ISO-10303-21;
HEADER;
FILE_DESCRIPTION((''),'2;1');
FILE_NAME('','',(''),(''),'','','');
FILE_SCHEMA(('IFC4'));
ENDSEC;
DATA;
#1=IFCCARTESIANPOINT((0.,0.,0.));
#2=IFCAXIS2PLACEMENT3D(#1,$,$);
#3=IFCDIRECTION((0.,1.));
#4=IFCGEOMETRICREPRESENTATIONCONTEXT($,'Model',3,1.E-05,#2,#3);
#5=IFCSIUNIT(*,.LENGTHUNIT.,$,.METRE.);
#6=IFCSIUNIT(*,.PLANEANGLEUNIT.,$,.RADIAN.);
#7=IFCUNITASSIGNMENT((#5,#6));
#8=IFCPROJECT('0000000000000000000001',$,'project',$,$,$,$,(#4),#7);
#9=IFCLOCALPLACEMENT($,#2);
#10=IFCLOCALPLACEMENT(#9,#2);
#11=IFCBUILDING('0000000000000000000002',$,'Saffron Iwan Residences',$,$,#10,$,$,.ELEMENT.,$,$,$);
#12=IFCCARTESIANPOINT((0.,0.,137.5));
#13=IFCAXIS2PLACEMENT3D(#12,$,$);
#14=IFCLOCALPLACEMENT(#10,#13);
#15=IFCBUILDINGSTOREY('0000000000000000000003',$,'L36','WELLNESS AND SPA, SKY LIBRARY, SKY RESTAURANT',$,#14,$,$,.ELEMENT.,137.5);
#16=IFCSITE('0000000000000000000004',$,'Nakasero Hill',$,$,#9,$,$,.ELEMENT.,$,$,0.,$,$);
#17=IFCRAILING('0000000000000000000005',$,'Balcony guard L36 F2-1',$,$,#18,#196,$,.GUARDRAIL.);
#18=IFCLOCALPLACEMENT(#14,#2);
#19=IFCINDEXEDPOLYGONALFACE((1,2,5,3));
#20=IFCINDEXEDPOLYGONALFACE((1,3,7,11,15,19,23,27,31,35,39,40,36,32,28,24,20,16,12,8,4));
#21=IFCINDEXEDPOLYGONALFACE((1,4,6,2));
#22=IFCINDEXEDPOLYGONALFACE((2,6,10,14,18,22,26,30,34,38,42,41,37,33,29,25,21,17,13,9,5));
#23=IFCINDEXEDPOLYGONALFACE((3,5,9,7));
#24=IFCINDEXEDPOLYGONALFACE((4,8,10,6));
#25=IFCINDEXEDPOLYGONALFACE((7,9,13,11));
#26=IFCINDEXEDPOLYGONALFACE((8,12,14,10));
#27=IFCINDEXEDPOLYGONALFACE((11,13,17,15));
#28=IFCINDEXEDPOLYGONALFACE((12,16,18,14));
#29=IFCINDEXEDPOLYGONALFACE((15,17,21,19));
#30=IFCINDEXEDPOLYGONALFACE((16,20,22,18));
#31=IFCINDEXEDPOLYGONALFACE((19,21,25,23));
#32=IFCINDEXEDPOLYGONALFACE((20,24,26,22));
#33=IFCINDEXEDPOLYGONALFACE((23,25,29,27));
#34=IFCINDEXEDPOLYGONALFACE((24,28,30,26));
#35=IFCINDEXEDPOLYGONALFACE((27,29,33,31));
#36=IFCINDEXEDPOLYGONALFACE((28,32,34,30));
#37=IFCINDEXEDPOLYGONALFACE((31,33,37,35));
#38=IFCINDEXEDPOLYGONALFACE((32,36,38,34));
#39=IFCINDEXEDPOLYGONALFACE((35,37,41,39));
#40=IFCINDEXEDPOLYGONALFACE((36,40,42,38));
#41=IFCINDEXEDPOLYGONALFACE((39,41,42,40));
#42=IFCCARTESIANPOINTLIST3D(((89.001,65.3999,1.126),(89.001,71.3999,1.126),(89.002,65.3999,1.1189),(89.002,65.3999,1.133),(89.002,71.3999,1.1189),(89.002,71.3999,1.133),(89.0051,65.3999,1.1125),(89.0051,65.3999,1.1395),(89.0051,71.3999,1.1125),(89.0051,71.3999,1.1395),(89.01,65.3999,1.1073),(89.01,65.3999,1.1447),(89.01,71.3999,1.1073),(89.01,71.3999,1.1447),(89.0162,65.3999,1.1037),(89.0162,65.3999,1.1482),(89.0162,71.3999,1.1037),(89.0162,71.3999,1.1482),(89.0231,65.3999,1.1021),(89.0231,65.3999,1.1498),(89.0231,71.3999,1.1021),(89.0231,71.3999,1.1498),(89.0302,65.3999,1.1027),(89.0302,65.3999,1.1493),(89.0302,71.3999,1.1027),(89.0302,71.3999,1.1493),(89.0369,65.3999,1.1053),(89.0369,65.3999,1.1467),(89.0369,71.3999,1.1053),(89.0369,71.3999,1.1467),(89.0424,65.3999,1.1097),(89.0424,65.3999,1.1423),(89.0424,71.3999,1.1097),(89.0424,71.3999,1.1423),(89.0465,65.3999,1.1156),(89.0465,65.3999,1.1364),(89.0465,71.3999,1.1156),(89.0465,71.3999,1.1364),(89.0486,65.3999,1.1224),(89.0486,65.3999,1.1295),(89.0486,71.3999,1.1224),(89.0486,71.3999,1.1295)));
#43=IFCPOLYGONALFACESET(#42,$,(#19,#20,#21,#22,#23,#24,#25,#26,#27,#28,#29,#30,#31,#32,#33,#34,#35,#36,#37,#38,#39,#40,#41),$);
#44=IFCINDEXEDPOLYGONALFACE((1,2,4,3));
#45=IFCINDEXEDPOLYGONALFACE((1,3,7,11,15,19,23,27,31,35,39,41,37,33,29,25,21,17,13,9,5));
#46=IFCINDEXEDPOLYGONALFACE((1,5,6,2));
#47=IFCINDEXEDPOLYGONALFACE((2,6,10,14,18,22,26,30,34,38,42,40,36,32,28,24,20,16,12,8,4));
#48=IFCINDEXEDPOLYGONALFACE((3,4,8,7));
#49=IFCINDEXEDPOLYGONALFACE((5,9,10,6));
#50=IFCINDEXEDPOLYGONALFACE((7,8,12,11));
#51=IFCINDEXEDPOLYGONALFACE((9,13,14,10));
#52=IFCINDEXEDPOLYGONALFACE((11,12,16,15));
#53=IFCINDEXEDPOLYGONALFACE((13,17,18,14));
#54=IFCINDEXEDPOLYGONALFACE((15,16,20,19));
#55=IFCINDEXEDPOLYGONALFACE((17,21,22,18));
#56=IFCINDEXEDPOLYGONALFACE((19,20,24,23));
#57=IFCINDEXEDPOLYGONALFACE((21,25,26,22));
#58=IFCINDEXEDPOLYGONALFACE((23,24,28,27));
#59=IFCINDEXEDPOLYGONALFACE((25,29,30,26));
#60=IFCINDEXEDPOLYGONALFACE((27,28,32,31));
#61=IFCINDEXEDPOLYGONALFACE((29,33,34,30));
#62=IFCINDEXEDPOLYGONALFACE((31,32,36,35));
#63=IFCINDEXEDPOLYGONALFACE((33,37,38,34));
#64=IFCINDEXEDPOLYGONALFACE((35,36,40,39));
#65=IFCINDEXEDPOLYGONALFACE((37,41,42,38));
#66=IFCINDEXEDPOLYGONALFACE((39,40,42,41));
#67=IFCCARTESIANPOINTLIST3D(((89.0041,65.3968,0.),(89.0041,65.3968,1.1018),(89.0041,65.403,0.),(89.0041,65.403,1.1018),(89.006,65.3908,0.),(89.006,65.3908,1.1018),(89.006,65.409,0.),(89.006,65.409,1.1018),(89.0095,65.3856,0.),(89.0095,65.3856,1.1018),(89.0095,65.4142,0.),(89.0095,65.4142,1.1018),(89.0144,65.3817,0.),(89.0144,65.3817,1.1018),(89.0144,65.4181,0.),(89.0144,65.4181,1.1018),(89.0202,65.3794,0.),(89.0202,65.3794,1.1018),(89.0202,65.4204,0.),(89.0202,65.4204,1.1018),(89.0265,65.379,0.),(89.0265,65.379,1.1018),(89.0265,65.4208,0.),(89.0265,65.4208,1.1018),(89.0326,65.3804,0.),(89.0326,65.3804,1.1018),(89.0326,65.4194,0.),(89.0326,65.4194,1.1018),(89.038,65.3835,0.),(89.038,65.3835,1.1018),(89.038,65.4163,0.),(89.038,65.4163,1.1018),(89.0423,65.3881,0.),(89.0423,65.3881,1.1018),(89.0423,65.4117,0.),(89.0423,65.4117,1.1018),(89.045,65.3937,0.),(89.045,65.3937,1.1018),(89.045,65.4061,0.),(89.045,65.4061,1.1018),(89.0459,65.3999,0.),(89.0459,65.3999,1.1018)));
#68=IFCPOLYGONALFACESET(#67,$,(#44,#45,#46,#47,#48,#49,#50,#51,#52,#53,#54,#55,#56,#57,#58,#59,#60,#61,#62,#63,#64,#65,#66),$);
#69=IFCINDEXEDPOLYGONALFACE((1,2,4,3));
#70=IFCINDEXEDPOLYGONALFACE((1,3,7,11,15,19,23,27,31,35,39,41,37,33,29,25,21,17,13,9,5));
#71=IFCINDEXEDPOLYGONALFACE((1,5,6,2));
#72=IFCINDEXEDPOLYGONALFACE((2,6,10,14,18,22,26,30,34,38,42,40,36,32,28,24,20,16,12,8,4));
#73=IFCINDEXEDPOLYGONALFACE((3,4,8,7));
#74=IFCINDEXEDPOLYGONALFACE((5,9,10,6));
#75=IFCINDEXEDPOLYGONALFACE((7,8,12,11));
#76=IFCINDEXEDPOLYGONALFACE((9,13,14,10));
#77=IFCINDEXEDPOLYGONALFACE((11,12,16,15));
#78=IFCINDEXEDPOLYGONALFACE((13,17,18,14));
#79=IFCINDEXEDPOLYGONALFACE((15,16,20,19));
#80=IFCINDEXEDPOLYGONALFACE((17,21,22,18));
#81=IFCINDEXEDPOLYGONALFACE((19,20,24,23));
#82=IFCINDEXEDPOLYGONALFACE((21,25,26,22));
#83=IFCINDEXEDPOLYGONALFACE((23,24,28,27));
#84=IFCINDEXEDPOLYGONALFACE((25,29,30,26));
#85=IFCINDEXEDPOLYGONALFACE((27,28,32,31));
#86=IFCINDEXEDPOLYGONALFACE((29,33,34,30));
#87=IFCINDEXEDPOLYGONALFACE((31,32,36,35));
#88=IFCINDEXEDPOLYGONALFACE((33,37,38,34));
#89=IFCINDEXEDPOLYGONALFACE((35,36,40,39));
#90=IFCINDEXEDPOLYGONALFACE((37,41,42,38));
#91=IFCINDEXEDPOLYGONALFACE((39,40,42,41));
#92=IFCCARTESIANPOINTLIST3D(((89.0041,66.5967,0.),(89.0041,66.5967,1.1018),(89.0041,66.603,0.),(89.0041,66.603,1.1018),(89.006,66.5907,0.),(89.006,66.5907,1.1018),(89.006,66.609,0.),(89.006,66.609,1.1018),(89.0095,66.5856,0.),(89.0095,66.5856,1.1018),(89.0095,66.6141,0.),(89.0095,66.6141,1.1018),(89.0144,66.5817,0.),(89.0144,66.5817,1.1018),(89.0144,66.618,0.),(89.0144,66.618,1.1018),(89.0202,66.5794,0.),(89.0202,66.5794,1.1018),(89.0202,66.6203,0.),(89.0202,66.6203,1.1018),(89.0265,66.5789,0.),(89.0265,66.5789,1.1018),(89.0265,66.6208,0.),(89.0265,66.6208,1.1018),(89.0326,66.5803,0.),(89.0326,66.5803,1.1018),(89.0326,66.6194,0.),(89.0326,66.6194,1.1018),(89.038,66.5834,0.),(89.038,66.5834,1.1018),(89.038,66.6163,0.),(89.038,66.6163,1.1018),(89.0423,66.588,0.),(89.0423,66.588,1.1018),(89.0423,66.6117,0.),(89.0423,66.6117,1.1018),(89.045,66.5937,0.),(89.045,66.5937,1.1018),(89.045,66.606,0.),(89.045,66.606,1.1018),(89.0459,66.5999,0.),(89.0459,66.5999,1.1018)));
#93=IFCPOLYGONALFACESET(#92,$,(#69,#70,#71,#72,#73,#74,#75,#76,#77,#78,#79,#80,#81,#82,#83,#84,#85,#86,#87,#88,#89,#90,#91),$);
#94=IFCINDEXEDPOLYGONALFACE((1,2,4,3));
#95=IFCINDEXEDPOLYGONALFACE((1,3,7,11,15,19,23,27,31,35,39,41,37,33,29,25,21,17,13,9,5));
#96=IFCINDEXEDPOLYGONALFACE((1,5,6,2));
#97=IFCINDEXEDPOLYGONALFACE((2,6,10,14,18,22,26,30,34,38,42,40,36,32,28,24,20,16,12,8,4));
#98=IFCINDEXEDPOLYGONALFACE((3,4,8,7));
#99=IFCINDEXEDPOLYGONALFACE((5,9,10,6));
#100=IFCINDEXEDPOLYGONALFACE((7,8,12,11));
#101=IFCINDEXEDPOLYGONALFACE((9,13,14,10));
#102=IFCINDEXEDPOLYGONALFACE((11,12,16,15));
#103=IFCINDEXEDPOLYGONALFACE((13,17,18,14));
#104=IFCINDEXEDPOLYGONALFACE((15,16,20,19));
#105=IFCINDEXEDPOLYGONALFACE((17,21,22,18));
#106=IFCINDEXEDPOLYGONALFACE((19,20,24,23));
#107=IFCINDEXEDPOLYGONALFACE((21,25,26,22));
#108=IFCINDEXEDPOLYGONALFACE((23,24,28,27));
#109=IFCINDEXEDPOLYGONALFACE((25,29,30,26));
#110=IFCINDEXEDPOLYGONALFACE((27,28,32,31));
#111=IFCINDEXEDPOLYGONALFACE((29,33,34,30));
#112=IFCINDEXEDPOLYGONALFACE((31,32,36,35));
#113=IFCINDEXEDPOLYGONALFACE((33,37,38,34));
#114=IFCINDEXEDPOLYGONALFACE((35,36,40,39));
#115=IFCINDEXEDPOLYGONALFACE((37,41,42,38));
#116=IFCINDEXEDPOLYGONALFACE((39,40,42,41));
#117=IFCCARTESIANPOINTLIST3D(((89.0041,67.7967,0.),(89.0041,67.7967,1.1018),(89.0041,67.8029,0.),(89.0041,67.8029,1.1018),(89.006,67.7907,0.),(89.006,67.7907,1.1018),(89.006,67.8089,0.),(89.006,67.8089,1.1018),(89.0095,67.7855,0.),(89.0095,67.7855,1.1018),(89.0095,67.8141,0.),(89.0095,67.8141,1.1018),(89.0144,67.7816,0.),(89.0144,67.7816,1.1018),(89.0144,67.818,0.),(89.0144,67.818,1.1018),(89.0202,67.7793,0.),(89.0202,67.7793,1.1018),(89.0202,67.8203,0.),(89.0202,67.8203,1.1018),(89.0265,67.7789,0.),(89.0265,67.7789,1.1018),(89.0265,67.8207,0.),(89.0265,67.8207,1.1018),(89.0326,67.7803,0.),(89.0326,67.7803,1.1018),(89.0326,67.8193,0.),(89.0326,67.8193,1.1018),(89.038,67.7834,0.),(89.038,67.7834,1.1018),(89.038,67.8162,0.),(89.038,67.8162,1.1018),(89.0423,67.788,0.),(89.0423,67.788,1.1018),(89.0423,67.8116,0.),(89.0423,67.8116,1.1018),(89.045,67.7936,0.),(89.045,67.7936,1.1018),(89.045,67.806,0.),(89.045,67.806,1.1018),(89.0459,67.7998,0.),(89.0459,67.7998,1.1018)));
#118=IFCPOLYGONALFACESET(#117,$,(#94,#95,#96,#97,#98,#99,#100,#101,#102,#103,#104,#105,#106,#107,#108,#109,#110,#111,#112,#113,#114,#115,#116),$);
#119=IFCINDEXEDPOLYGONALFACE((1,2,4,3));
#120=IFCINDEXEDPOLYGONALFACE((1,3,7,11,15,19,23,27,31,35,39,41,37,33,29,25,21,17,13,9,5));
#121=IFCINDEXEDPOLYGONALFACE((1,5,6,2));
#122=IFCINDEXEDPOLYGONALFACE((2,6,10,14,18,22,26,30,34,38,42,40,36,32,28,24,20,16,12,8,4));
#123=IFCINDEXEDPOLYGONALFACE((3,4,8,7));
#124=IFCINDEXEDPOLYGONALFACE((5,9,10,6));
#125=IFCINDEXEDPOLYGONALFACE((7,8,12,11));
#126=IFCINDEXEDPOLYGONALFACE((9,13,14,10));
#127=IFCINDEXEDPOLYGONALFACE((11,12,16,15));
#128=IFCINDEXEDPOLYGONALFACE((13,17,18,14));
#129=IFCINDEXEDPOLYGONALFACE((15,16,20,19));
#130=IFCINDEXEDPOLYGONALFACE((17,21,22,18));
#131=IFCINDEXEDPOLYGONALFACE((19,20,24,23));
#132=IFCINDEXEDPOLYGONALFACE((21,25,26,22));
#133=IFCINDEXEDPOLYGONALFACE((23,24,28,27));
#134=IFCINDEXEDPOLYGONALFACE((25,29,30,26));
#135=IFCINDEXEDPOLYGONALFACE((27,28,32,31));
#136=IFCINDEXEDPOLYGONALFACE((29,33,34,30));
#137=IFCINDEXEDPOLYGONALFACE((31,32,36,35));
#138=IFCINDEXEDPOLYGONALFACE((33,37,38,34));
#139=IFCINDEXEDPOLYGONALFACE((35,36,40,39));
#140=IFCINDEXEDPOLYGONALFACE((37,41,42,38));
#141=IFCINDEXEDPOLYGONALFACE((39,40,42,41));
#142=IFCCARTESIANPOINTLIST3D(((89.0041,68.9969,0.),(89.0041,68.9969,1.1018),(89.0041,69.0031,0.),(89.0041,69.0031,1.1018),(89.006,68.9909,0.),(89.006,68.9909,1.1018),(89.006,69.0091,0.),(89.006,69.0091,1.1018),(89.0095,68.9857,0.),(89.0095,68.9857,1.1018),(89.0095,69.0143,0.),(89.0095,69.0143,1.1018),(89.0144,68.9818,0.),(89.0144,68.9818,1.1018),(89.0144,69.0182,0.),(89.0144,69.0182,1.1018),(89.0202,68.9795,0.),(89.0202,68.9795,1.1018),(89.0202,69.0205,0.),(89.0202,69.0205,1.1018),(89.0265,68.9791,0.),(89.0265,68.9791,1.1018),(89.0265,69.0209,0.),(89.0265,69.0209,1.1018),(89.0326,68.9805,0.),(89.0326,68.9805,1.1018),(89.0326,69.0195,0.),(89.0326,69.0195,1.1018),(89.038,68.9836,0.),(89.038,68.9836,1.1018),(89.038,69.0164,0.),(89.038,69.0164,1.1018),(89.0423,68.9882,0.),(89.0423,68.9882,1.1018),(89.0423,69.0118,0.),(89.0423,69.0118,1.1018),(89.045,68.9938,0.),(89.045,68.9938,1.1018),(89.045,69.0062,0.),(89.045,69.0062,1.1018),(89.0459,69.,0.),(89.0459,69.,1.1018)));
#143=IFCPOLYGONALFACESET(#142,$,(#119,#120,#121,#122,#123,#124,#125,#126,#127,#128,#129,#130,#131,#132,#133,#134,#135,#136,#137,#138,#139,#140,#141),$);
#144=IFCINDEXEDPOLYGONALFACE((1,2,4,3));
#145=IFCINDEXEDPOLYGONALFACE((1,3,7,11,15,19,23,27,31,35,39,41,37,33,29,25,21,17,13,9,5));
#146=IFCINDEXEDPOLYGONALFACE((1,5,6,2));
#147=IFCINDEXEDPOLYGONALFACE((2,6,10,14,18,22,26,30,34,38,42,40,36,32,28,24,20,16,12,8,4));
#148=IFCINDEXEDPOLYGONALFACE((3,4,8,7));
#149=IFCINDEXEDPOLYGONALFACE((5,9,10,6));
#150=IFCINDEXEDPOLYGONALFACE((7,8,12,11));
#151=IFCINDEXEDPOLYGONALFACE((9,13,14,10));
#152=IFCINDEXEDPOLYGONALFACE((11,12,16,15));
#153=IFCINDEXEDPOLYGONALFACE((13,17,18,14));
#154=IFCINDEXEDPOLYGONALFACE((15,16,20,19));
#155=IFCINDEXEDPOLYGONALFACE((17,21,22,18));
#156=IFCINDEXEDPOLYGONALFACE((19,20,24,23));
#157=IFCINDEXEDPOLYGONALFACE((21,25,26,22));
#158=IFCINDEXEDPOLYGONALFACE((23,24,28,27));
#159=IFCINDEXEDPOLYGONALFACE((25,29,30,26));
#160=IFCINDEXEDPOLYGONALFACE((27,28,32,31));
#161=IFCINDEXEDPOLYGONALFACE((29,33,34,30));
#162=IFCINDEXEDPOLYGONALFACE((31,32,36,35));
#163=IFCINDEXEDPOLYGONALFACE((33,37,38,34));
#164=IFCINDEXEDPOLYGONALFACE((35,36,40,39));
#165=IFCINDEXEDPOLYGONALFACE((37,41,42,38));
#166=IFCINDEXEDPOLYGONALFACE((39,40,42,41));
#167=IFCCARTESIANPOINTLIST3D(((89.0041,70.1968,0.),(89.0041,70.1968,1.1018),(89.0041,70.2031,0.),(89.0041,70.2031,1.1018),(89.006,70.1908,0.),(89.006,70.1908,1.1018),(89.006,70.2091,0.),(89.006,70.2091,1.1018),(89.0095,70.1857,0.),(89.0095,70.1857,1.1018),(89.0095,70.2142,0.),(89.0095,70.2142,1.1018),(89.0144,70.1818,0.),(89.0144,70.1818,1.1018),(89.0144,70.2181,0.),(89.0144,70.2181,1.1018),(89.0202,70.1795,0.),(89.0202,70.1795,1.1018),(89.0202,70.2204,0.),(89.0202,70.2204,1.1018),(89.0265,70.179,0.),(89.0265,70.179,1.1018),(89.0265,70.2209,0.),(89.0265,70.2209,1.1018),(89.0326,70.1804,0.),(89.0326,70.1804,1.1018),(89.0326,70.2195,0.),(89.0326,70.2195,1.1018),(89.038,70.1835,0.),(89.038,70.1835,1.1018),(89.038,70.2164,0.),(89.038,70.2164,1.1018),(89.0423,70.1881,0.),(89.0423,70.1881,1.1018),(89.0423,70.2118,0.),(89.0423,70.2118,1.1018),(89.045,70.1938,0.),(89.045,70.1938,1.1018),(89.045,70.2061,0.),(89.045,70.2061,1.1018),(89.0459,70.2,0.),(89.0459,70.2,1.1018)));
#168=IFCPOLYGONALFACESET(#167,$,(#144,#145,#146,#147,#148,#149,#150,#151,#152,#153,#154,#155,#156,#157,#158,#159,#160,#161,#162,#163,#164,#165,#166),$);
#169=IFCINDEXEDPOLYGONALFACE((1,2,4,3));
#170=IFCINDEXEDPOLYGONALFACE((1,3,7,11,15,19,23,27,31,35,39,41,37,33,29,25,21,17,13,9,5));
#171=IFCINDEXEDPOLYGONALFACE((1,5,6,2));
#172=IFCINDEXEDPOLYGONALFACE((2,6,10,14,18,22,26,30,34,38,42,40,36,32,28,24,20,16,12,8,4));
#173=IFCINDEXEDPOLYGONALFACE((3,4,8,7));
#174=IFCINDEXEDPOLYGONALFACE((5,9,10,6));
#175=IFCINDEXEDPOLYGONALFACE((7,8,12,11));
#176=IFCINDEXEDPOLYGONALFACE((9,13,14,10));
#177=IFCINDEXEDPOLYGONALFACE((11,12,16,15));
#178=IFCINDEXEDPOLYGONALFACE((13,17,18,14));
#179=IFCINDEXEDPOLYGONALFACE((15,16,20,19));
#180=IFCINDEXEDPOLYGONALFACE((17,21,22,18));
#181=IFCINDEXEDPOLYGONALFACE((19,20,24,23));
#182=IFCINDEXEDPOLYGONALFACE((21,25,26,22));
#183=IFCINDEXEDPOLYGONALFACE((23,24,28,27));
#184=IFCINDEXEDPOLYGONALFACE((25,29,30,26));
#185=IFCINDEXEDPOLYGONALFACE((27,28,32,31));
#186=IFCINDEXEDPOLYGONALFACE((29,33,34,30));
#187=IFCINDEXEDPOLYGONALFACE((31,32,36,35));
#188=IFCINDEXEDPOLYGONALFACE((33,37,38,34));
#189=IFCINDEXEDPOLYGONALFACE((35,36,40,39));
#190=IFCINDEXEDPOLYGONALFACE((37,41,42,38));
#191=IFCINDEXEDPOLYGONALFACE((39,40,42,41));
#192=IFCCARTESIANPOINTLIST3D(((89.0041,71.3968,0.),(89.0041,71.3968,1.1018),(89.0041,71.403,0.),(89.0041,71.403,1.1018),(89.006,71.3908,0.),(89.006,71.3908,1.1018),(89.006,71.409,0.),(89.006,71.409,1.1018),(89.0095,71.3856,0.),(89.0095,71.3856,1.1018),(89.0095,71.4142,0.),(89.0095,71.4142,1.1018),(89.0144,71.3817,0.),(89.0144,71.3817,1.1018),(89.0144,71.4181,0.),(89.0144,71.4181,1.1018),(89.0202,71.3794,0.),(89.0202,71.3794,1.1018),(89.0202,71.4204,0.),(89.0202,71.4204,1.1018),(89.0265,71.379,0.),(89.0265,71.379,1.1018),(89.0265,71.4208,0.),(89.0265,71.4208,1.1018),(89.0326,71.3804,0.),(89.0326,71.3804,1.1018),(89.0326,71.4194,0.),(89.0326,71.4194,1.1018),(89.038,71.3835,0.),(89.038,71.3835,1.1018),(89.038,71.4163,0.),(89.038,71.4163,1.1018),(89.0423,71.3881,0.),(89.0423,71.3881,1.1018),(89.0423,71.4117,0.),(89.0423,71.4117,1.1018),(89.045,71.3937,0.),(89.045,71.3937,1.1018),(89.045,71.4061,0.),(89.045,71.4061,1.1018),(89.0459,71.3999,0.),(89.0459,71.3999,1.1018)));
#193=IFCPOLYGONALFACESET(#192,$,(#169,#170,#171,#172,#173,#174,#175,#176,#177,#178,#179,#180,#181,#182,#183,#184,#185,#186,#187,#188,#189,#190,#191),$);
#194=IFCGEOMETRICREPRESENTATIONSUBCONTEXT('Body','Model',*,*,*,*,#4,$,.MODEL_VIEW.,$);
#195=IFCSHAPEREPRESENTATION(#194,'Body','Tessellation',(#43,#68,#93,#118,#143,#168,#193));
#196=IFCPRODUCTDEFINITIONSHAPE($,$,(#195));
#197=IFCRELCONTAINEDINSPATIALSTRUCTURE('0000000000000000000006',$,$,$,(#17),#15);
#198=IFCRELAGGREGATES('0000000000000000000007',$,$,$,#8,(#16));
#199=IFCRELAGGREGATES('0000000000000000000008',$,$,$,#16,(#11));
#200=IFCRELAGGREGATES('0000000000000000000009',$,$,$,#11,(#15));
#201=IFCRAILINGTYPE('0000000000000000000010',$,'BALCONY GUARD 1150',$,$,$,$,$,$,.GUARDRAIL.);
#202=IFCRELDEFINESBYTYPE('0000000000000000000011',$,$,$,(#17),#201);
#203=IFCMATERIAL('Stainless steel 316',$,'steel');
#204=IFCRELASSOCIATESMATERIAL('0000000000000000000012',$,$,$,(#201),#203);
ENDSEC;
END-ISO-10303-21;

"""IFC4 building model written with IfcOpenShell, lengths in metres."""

from ifc_helpers import new_model, si_unit, direction, frame, origin, origin_2d, place, context, subcontext, project, spatial, circle, extrude, material, type_object, element, save


model = new_model("IFC4")

# Units and contexts
model_context = context("Model", 3, precision=1e-05, world=origin(), true_north=direction((0.0, 1.0)))
body_context = subcontext(model_context, "Body", "Model", "MODEL_VIEW")
ifc_project = project(units=[si_unit("LENGTHUNIT", "METRE"), si_unit("PLANEANGLEUNIT", "RADIAN")], contexts=[model_context])

# Site, building, storey
site_placement = place(None, origin())
site = spatial("IfcSite", under=ifc_project, at=site_placement, Name="Nakasero Hill", CompositionType="ELEMENT", RefElevation=0.0)
building_placement = place(site_placement, origin())
building = spatial("IfcBuilding", under=site, at=building_placement, Name="Saffron Iwan Residences", CompositionType="ELEMENT")
storey_placement = place(building_placement, frame((0.0, 0.0, 137.5)))
storey = spatial("IfcBuildingStorey", under=building, at=storey_placement, Name="L36", Description="WELLNESS AND SPA, SKY LIBRARY, SKY RESTAURANT", CompositionType="ELEMENT", Elevation=137.5)

# Railing
ifc_material_1 = material(Name="Stainless steel 316", Category="steel")
railing_type = type_object("IfcRailingType", Name="BALCONY GUARD 1150", PredefinedType="GUARDRAIL", material=ifc_material_1)
railing_placement = place(storey_placement, frame((89.0249, 65.3999, 0.0)))
element("IfcRailing", 1, at=railing_placement, inside=storey, type_object=railing_type, Name="Balcony guard L36 F2-1", PredefinedType="GUARDRAIL", context=body_context, shape_type="SweptSolid", body=[
    extrude(circle(Radius=0.0239, at=origin_2d()), frame((0.0, 0.0, 1.126), z_axis=(0.0, 1.0, 0.0), x_axis=(-1.0, 0.0, 0.0)), (0.0, 0.0, 1.0), 6.0),
    extrude(circle(Radius=0.021, at=origin_2d()), origin(), (0.0, 0.0, 1.0), 1.1018),
    extrude(circle(Radius=0.021, at=origin_2d()), frame((0.0, 1.2, 0.0)), (0.0, 0.0, 1.0), 1.1018),
    extrude(circle(Radius=0.021, at=origin_2d()), frame((0.0, 2.3999, 0.0)), (0.0, 0.0, 1.0), 1.1018),
    extrude(circle(Radius=0.021, at=origin_2d()), frame((0.0, 3.6001, 0.0)), (0.0, 0.0, 1.0), 1.1018),
    extrude(circle(Radius=0.021, at=origin_2d()), frame((0.0, 4.8, 0.0)), (0.0, 0.0, 1.0), 1.1018),
    extrude(circle(Radius=0.021, at=origin_2d()), frame((0.0, 6.0, 0.0)), (0.0, 0.0, 1.0), 1.1018),
])

save(model, "model.ifc")
